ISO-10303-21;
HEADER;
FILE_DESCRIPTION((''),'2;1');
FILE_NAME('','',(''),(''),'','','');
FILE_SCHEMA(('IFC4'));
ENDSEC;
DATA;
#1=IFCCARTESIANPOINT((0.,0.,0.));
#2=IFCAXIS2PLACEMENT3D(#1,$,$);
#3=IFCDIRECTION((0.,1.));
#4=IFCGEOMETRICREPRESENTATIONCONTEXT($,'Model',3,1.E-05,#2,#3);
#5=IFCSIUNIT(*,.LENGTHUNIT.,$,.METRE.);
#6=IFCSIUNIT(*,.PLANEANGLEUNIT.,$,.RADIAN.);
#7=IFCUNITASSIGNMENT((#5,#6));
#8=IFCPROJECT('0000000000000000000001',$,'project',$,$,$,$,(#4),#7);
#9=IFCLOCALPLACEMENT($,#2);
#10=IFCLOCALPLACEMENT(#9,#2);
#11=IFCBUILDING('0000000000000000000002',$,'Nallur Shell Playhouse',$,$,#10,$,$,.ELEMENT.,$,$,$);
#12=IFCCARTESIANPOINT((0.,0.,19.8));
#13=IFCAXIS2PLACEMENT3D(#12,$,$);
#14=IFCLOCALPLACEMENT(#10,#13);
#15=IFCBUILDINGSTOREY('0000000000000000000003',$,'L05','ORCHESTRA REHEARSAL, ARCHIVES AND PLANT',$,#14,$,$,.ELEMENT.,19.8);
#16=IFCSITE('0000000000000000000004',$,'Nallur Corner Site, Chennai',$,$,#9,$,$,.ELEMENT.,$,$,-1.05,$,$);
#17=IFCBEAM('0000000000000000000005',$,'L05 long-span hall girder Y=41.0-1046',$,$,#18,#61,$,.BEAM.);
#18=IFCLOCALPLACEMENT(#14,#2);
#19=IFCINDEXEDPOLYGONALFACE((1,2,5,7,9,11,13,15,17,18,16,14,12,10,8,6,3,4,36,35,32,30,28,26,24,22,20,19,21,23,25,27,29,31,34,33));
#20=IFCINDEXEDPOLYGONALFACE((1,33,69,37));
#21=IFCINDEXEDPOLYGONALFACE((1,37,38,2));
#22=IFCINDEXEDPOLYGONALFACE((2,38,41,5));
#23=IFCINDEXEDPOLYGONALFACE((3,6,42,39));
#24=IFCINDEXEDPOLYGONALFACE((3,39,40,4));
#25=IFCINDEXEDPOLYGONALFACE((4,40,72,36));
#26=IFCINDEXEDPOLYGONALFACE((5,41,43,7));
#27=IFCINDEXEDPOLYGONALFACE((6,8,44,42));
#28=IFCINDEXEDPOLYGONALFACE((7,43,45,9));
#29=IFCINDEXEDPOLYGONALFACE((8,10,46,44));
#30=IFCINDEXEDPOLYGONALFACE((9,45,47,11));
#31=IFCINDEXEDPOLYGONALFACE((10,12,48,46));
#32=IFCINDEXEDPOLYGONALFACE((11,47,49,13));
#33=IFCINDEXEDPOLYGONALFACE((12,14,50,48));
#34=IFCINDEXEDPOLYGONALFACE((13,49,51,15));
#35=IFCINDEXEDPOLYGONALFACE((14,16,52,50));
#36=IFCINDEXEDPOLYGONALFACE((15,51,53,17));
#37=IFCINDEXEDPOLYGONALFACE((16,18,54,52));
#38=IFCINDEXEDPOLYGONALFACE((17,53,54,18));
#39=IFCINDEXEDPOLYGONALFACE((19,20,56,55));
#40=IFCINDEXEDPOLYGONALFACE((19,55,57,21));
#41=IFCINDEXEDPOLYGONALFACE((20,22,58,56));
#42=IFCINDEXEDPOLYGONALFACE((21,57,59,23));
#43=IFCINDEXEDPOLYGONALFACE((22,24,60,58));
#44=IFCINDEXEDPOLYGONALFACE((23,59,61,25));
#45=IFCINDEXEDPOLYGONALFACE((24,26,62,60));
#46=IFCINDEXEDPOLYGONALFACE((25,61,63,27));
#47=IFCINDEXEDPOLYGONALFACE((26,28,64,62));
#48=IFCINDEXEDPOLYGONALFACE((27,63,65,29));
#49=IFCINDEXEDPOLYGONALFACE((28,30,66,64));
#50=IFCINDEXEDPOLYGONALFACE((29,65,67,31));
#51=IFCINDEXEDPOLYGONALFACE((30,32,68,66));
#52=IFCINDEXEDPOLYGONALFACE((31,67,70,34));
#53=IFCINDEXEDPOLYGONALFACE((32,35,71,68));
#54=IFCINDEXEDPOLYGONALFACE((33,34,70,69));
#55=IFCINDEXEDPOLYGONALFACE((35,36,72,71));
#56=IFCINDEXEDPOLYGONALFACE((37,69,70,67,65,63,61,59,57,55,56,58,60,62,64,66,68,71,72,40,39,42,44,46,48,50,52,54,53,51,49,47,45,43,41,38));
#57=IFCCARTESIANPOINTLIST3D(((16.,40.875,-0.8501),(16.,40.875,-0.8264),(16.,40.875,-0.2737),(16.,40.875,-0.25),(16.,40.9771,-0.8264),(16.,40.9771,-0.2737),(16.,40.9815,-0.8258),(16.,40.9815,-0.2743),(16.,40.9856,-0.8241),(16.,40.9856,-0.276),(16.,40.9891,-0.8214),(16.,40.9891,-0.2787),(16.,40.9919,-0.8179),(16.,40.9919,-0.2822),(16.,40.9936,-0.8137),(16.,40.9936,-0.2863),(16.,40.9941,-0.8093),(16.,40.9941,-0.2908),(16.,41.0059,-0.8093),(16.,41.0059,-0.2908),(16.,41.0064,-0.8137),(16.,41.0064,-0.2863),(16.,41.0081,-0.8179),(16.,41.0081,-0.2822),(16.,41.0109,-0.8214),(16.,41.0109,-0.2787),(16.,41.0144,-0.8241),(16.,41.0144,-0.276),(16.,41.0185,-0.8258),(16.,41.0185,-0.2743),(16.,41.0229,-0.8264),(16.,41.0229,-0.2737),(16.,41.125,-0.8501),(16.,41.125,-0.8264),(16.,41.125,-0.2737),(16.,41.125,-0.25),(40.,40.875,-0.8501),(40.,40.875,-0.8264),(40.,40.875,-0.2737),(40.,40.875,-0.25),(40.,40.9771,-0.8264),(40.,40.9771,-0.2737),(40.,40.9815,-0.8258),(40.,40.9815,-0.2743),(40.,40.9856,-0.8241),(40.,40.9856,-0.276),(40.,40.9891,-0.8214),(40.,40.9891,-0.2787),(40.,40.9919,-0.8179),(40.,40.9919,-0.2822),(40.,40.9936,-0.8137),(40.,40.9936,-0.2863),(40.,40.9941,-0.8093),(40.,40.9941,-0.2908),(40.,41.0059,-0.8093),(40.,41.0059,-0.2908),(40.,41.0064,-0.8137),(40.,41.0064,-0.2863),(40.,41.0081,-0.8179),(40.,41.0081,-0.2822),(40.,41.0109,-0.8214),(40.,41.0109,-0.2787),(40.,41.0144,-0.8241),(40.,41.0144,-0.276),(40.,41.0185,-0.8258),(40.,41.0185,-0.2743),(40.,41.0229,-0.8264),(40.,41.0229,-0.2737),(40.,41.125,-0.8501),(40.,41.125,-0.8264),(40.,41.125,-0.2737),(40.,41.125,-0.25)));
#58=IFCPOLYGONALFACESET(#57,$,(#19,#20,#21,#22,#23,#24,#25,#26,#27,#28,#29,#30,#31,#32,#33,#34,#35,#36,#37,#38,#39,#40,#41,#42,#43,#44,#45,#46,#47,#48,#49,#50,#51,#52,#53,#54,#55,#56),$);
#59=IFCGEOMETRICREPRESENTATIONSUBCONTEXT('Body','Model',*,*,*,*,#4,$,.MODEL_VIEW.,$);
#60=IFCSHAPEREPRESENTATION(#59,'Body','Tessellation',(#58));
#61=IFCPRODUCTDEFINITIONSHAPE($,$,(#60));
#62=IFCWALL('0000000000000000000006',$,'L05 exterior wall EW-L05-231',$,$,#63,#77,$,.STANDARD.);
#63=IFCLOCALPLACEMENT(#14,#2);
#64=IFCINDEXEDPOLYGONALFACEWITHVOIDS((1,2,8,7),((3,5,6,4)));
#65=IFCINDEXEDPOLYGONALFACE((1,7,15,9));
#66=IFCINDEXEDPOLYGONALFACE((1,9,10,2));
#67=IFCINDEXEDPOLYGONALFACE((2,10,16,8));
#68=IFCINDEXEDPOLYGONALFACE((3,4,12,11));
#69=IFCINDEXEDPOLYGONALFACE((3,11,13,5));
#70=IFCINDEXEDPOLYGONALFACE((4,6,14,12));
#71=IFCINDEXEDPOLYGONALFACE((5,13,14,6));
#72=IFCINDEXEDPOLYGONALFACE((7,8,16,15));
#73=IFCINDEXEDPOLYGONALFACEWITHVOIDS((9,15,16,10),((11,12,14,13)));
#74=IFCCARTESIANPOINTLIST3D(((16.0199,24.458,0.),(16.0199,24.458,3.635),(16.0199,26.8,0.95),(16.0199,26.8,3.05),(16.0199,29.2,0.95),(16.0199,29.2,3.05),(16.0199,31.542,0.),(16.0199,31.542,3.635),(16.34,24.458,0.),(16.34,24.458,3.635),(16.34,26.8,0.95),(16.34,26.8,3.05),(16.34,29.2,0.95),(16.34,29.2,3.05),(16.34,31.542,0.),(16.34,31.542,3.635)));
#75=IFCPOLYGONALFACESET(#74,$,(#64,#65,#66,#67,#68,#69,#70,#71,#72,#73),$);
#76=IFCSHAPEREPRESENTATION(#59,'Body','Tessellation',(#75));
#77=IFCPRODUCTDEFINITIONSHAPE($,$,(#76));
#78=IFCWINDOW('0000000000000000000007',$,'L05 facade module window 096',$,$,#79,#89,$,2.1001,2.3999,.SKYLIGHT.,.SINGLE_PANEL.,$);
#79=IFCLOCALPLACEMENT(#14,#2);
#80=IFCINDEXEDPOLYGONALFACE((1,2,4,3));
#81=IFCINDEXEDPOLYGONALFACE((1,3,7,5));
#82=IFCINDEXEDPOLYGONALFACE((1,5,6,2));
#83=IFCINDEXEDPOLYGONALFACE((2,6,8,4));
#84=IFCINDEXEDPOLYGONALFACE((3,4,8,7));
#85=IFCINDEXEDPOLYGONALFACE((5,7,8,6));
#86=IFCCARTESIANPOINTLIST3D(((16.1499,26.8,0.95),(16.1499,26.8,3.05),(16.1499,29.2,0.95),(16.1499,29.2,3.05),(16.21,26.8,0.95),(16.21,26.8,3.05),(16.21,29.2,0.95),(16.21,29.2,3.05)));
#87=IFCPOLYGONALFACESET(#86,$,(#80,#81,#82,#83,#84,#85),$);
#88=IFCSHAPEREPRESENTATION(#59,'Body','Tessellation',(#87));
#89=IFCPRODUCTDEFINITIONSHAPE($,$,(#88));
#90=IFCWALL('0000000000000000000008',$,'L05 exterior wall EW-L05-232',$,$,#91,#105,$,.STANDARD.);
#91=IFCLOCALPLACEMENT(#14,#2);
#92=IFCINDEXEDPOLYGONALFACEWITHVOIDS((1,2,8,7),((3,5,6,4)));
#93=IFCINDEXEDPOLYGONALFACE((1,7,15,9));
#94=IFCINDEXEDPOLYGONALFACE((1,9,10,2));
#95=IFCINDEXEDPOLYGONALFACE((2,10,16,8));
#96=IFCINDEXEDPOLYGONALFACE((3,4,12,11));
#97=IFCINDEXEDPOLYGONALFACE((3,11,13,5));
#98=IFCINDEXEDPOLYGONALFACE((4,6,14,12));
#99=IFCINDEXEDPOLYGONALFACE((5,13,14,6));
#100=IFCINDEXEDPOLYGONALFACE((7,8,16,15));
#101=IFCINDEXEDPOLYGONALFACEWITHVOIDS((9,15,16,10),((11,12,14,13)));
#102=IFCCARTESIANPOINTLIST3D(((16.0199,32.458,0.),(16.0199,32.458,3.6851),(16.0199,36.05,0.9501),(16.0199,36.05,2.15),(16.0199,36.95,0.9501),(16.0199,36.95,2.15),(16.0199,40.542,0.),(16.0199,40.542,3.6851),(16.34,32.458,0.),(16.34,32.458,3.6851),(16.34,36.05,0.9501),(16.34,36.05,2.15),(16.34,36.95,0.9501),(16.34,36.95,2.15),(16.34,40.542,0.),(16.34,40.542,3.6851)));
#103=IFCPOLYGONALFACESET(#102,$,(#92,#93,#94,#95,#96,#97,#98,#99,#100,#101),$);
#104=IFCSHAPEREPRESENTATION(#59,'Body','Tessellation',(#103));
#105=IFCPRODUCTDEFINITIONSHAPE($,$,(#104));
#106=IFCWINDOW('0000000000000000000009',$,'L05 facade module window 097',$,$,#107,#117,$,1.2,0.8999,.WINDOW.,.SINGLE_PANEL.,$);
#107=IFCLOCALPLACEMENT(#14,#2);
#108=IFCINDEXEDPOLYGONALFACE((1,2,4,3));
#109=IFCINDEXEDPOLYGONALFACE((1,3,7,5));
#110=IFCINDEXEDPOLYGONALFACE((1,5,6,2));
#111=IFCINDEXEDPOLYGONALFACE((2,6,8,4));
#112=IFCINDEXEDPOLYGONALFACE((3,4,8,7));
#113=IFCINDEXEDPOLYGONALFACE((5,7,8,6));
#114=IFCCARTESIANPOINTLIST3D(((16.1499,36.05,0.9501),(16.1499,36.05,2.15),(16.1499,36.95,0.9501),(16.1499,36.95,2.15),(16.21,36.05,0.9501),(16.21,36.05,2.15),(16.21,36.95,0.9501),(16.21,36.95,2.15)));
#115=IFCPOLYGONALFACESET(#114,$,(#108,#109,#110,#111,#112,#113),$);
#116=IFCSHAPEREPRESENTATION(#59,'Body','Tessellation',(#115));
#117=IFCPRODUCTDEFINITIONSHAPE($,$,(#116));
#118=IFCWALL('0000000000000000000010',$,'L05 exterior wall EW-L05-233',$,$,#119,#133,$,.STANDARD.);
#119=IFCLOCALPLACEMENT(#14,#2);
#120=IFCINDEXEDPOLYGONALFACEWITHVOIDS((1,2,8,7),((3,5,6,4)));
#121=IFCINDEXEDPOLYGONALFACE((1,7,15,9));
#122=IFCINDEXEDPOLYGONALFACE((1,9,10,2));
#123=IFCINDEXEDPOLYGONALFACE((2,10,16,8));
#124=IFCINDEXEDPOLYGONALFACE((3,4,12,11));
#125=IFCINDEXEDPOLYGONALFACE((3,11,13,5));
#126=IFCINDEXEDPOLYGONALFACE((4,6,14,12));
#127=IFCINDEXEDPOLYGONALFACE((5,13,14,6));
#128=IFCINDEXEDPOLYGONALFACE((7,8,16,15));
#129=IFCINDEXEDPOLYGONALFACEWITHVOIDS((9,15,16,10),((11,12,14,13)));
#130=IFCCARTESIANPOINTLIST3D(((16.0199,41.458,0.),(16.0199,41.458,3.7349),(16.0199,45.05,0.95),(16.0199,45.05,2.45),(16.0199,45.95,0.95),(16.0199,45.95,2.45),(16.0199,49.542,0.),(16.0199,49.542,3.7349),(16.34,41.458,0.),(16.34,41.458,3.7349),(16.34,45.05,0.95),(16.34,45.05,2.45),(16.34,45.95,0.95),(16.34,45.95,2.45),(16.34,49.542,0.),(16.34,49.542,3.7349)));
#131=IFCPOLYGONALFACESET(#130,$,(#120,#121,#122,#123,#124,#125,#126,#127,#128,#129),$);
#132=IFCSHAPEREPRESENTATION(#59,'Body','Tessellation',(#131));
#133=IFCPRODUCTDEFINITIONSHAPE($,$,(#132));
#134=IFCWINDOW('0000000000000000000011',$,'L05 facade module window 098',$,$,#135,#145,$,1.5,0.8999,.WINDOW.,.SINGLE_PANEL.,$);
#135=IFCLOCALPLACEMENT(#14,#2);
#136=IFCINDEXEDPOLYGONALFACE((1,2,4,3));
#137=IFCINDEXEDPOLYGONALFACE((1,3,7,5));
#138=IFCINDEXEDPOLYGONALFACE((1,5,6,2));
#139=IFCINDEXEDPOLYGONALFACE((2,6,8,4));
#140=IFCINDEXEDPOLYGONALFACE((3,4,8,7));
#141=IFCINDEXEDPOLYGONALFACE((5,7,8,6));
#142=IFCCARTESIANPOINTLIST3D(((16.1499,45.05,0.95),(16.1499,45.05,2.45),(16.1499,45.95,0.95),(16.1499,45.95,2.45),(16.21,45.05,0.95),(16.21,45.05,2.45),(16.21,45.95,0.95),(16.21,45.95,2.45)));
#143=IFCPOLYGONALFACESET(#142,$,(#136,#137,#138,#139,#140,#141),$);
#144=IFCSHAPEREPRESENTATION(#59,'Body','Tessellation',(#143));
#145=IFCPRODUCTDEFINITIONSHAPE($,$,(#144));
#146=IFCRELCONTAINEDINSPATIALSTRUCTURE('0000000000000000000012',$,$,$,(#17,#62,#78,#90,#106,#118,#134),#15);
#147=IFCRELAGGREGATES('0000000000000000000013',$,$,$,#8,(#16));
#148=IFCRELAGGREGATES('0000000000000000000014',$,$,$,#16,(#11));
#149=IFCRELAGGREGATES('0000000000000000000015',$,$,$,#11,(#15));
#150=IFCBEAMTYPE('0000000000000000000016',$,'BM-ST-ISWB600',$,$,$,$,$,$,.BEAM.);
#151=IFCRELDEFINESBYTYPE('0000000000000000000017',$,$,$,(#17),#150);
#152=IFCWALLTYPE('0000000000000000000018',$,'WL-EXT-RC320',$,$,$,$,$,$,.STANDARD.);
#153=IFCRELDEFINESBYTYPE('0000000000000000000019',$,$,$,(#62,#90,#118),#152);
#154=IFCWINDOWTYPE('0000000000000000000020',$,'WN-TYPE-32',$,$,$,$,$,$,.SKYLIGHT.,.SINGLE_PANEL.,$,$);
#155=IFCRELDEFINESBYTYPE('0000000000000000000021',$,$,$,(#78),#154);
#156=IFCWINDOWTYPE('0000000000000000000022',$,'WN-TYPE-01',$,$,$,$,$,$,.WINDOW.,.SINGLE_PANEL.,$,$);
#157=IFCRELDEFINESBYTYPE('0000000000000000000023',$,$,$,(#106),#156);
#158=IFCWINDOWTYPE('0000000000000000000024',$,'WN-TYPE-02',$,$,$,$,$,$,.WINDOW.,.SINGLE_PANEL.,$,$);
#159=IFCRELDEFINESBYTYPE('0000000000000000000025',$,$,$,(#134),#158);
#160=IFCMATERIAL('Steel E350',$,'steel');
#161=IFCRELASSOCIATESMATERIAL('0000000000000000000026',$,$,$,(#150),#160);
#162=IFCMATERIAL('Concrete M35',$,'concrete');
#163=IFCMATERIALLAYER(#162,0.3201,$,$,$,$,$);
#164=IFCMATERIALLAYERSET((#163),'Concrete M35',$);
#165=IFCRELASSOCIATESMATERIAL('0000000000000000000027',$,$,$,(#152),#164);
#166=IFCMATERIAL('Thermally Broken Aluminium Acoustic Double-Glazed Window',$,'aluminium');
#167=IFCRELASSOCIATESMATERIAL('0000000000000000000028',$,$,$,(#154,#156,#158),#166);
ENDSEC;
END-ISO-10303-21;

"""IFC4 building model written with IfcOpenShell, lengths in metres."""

from ifc_helpers import new_model, si_unit, direction, frame, frame_2d, origin, origin_2d, place, context, subcontext, project, spatial, rectangle, i_section, extrude, material, layer, layer_set, material_profile, profile_set, type_object, element, fill, save


model = new_model("IFC4")

# Units and contexts
model_context = context("Model", 3, precision=1e-05, world=origin(), true_north=direction((0.0, 1.0)))
body_context = subcontext(model_context, "Body", "Model", "MODEL_VIEW")
ifc_project = project(units=[si_unit("LENGTHUNIT", "METRE"), si_unit("PLANEANGLEUNIT", "RADIAN")], contexts=[model_context])

# Site, building, storey
site_placement = place(None, origin())
site = spatial("IfcSite", under=ifc_project, at=site_placement, Name="Nallur Corner Site, Chennai", CompositionType="ELEMENT", RefElevation=-1.05)
building_placement = place(site_placement, origin())
building = spatial("IfcBuilding", under=site, at=building_placement, Name="Nallur Shell Playhouse", CompositionType="ELEMENT")
storey_placement = place(building_placement, frame((0.0, 0.0, 19.8)))
storey = spatial("IfcBuildingStorey", under=building, at=storey_placement, Name="L05", Description="ORCHESTRA REHEARSAL, ARCHIVES AND PLANT", CompositionType="ELEMENT", Elevation=19.8)

# Beam
ifc_material_1 = material(Name="Concrete M35", Category="concrete")
ifc_material_2 = material(Name="Steel E350", Category="steel")
ifc_material_profile_1 = material_profile(ifc_material_2, i_section(OverallWidth=0.25, OverallDepth=0.6001, WebThickness=0.0117, FlangeThickness=0.0237, FilletRadius=0.0171, at=origin_2d()), Name="ISWB 600")
ifc_profile_set_1 = profile_set([ifc_material_profile_1], Name="Steel E350")
beam_type_1 = type_object("IfcBeamType", Name="BM-ST-ISWB600", PredefinedType="BEAM", material=ifc_profile_set_1)
for number, where, z_axis, x_axis, name in (
    (1, (16.0, 41.0, -0.55), (1.0, 0.0, 0.0), (0.0, 1.0, 0.0), "L05 long-span hall girder Y=41.0-1046"),
):
    element("IfcBeam", number, at=place(storey_placement, frame(where, z_axis=z_axis, x_axis=x_axis)), inside=storey, type_object=beam_type_1, Name=name, PredefinedType="BEAM", context=body_context, shape_type="SweptSolid", body=[
        extrude(i_section(OverallWidth=0.25, OverallDepth=0.6001, WebThickness=0.0117, FlangeThickness=0.0237, FilletRadius=0.0171, at=origin_2d()), origin(), (0.0, 0.0, 1.0), 24.0),
    ])

# Walls, openings, windows
ifc_layer_1 = layer(ifc_material_1, 0.3201)
ifc_layer_set_1 = layer_set([ifc_layer_1], Name="Concrete M35")
wall_type_1 = type_object("IfcWallType", Name="WL-EXT-RC320", PredefinedType="STANDARD", material=ifc_layer_set_1)
wall_1_placement = place(storey_placement, frame((16.1799, 24.458, 0.0), z_axis=(0.0, 0.0, 1.0), x_axis=(0.0, 1.0, 0.0)))
wall_1 = element("IfcWall", 2, at=wall_1_placement, inside=storey, type_object=wall_type_1, Name="L05 exterior wall EW-L05-231", PredefinedType="STANDARD", context=body_context, shape_type="SweptSolid", body=[
    extrude(rectangle(XDim=7.084, YDim=0.3201, at=frame_2d((3.542, 0.0))), origin(), (0.0, 0.0, 1.0), 3.635),
])
opening_1_placement = place(wall_1_placement, frame((2.342, 0.0, 0.95)))
opening_1 = element("IfcOpeningElement", 3, at=opening_1_placement, cuts=wall_1, PredefinedType="OPENING", context=body_context, shape_type="SweptSolid", body=[
    extrude(rectangle(XDim=2.3999, YDim=2.1001, at=frame_2d((1.2, 1.05))), frame((0.0, 0.1699, 0.0), z_axis=(0.0, -1.0, 0.0), x_axis=(1.0, 0.0, 0.0)), (0.0, 0.0, 1.0), 0.3401),
])
ifc_material_3 = material(Name="Thermally Broken Aluminium Acoustic Double-Glazed Window", Category="aluminium")
window_type_1 = type_object("IfcWindowType", Name="WN-TYPE-32", PartitioningType="SINGLE_PANEL", PredefinedType="SKYLIGHT", material=ifc_material_3)
window_1_placement = place(opening_1_placement, origin())
window_1 = element("IfcWindow", 4, at=window_1_placement, inside=storey, type_object=window_type_1, Name="L05 facade module window 096", OverallHeight=2.1001, OverallWidth=2.3999, PartitioningType="SINGLE_PANEL", PredefinedType="SKYLIGHT", context=body_context, shape_type="SweptSolid", body=[
    extrude(rectangle(XDim=2.3999, YDim=2.1001, at=frame_2d((1.2, 1.05))), frame((0.0, 0.03, 0.0), z_axis=(0.0, -1.0, 0.0), x_axis=(1.0, 0.0, 0.0)), (0.0, 0.0, 1.0), 0.0601),
])
fill(opening_1, window_1)
wall_2_placement = place(storey_placement, frame((16.1799, 32.458, 0.0), z_axis=(0.0, 0.0, 1.0), x_axis=(0.0, 1.0, 0.0)))
wall_2 = element("IfcWall", 5, at=wall_2_placement, inside=storey, type_object=wall_type_1, Name="L05 exterior wall EW-L05-232", PredefinedType="STANDARD", context=body_context, shape_type="SweptSolid", body=[
    extrude(rectangle(XDim=8.084, YDim=0.3201, at=frame_2d((4.042, 0.0))), origin(), (0.0, 0.0, 1.0), 3.6851),
])
opening_2_placement = place(wall_2_placement, frame((3.592, 0.0, 0.95)))
opening_2 = element("IfcOpeningElement", 6, at=opening_2_placement, cuts=wall_2, PredefinedType="OPENING", context=body_context, shape_type="SweptSolid", body=[
    extrude(rectangle(XDim=0.8999, YDim=1.2, at=frame_2d((0.45, 0.6001))), frame((0.0, 0.1699, 0.0), z_axis=(0.0, -1.0, 0.0), x_axis=(1.0, 0.0, 0.0)), (0.0, 0.0, 1.0), 0.3401),
])
window_type_2 = type_object("IfcWindowType", Name="WN-TYPE-01", PartitioningType="SINGLE_PANEL", PredefinedType="WINDOW", material=ifc_material_3)
window_2_placement = place(opening_2_placement, origin())
window_2 = element("IfcWindow", 7, at=window_2_placement, inside=storey, type_object=window_type_2, Name="L05 facade module window 097", OverallHeight=1.2, OverallWidth=0.8999, PartitioningType="SINGLE_PANEL", PredefinedType="WINDOW", context=body_context, shape_type="SweptSolid", body=[
    extrude(rectangle(XDim=0.8999, YDim=1.2, at=frame_2d((0.45, 0.6001))), frame((0.0, 0.03, 0.0), z_axis=(0.0, -1.0, 0.0), x_axis=(1.0, 0.0, 0.0)), (0.0, 0.0, 1.0), 0.0601),
])
fill(opening_2, window_2)
wall_3_placement = place(storey_placement, frame((16.1799, 41.458, 0.0), z_axis=(0.0, 0.0, 1.0), x_axis=(0.0, 1.0, 0.0)))
wall_3 = element("IfcWall", 8, at=wall_3_placement, inside=storey, type_object=wall_type_1, Name="L05 exterior wall EW-L05-233", PredefinedType="STANDARD", context=body_context, shape_type="SweptSolid", body=[
    extrude(rectangle(XDim=8.084, YDim=0.3201, at=frame_2d((4.042, 0.0))), origin(), (0.0, 0.0, 1.0), 3.7349),
])
opening_3_placement = place(wall_3_placement, frame((3.592, 0.0, 0.95)))
opening_3 = element("IfcOpeningElement", 9, at=opening_3_placement, cuts=wall_3, PredefinedType="OPENING", context=body_context, shape_type="SweptSolid", body=[
    extrude(rectangle(XDim=0.8999, YDim=1.5, at=frame_2d((0.45, 0.75))), frame((0.0, 0.1699, 0.0), z_axis=(0.0, -1.0, 0.0), x_axis=(1.0, 0.0, 0.0)), (0.0, 0.0, 1.0), 0.3401),
])
window_type_3 = type_object("IfcWindowType", Name="WN-TYPE-02", PartitioningType="SINGLE_PANEL", PredefinedType="WINDOW", material=ifc_material_3)
window_3_placement = place(opening_3_placement, origin())
window_3 = element("IfcWindow", 10, at=window_3_placement, inside=storey, type_object=window_type_3, Name="L05 facade module window 098", OverallHeight=1.5, OverallWidth=0.8999, PartitioningType="SINGLE_PANEL", PredefinedType="WINDOW", context=body_context, shape_type="SweptSolid", body=[
    extrude(rectangle(XDim=0.8999, YDim=1.5, at=frame_2d((0.45, 0.75))), frame((0.0, 0.03, 0.0), z_axis=(0.0, -1.0, 0.0), x_axis=(1.0, 0.0, 0.0)), (0.0, 0.0, 1.0), 0.0601),
])
fill(opening_3, window_3)

save(model, "model.ifc")
